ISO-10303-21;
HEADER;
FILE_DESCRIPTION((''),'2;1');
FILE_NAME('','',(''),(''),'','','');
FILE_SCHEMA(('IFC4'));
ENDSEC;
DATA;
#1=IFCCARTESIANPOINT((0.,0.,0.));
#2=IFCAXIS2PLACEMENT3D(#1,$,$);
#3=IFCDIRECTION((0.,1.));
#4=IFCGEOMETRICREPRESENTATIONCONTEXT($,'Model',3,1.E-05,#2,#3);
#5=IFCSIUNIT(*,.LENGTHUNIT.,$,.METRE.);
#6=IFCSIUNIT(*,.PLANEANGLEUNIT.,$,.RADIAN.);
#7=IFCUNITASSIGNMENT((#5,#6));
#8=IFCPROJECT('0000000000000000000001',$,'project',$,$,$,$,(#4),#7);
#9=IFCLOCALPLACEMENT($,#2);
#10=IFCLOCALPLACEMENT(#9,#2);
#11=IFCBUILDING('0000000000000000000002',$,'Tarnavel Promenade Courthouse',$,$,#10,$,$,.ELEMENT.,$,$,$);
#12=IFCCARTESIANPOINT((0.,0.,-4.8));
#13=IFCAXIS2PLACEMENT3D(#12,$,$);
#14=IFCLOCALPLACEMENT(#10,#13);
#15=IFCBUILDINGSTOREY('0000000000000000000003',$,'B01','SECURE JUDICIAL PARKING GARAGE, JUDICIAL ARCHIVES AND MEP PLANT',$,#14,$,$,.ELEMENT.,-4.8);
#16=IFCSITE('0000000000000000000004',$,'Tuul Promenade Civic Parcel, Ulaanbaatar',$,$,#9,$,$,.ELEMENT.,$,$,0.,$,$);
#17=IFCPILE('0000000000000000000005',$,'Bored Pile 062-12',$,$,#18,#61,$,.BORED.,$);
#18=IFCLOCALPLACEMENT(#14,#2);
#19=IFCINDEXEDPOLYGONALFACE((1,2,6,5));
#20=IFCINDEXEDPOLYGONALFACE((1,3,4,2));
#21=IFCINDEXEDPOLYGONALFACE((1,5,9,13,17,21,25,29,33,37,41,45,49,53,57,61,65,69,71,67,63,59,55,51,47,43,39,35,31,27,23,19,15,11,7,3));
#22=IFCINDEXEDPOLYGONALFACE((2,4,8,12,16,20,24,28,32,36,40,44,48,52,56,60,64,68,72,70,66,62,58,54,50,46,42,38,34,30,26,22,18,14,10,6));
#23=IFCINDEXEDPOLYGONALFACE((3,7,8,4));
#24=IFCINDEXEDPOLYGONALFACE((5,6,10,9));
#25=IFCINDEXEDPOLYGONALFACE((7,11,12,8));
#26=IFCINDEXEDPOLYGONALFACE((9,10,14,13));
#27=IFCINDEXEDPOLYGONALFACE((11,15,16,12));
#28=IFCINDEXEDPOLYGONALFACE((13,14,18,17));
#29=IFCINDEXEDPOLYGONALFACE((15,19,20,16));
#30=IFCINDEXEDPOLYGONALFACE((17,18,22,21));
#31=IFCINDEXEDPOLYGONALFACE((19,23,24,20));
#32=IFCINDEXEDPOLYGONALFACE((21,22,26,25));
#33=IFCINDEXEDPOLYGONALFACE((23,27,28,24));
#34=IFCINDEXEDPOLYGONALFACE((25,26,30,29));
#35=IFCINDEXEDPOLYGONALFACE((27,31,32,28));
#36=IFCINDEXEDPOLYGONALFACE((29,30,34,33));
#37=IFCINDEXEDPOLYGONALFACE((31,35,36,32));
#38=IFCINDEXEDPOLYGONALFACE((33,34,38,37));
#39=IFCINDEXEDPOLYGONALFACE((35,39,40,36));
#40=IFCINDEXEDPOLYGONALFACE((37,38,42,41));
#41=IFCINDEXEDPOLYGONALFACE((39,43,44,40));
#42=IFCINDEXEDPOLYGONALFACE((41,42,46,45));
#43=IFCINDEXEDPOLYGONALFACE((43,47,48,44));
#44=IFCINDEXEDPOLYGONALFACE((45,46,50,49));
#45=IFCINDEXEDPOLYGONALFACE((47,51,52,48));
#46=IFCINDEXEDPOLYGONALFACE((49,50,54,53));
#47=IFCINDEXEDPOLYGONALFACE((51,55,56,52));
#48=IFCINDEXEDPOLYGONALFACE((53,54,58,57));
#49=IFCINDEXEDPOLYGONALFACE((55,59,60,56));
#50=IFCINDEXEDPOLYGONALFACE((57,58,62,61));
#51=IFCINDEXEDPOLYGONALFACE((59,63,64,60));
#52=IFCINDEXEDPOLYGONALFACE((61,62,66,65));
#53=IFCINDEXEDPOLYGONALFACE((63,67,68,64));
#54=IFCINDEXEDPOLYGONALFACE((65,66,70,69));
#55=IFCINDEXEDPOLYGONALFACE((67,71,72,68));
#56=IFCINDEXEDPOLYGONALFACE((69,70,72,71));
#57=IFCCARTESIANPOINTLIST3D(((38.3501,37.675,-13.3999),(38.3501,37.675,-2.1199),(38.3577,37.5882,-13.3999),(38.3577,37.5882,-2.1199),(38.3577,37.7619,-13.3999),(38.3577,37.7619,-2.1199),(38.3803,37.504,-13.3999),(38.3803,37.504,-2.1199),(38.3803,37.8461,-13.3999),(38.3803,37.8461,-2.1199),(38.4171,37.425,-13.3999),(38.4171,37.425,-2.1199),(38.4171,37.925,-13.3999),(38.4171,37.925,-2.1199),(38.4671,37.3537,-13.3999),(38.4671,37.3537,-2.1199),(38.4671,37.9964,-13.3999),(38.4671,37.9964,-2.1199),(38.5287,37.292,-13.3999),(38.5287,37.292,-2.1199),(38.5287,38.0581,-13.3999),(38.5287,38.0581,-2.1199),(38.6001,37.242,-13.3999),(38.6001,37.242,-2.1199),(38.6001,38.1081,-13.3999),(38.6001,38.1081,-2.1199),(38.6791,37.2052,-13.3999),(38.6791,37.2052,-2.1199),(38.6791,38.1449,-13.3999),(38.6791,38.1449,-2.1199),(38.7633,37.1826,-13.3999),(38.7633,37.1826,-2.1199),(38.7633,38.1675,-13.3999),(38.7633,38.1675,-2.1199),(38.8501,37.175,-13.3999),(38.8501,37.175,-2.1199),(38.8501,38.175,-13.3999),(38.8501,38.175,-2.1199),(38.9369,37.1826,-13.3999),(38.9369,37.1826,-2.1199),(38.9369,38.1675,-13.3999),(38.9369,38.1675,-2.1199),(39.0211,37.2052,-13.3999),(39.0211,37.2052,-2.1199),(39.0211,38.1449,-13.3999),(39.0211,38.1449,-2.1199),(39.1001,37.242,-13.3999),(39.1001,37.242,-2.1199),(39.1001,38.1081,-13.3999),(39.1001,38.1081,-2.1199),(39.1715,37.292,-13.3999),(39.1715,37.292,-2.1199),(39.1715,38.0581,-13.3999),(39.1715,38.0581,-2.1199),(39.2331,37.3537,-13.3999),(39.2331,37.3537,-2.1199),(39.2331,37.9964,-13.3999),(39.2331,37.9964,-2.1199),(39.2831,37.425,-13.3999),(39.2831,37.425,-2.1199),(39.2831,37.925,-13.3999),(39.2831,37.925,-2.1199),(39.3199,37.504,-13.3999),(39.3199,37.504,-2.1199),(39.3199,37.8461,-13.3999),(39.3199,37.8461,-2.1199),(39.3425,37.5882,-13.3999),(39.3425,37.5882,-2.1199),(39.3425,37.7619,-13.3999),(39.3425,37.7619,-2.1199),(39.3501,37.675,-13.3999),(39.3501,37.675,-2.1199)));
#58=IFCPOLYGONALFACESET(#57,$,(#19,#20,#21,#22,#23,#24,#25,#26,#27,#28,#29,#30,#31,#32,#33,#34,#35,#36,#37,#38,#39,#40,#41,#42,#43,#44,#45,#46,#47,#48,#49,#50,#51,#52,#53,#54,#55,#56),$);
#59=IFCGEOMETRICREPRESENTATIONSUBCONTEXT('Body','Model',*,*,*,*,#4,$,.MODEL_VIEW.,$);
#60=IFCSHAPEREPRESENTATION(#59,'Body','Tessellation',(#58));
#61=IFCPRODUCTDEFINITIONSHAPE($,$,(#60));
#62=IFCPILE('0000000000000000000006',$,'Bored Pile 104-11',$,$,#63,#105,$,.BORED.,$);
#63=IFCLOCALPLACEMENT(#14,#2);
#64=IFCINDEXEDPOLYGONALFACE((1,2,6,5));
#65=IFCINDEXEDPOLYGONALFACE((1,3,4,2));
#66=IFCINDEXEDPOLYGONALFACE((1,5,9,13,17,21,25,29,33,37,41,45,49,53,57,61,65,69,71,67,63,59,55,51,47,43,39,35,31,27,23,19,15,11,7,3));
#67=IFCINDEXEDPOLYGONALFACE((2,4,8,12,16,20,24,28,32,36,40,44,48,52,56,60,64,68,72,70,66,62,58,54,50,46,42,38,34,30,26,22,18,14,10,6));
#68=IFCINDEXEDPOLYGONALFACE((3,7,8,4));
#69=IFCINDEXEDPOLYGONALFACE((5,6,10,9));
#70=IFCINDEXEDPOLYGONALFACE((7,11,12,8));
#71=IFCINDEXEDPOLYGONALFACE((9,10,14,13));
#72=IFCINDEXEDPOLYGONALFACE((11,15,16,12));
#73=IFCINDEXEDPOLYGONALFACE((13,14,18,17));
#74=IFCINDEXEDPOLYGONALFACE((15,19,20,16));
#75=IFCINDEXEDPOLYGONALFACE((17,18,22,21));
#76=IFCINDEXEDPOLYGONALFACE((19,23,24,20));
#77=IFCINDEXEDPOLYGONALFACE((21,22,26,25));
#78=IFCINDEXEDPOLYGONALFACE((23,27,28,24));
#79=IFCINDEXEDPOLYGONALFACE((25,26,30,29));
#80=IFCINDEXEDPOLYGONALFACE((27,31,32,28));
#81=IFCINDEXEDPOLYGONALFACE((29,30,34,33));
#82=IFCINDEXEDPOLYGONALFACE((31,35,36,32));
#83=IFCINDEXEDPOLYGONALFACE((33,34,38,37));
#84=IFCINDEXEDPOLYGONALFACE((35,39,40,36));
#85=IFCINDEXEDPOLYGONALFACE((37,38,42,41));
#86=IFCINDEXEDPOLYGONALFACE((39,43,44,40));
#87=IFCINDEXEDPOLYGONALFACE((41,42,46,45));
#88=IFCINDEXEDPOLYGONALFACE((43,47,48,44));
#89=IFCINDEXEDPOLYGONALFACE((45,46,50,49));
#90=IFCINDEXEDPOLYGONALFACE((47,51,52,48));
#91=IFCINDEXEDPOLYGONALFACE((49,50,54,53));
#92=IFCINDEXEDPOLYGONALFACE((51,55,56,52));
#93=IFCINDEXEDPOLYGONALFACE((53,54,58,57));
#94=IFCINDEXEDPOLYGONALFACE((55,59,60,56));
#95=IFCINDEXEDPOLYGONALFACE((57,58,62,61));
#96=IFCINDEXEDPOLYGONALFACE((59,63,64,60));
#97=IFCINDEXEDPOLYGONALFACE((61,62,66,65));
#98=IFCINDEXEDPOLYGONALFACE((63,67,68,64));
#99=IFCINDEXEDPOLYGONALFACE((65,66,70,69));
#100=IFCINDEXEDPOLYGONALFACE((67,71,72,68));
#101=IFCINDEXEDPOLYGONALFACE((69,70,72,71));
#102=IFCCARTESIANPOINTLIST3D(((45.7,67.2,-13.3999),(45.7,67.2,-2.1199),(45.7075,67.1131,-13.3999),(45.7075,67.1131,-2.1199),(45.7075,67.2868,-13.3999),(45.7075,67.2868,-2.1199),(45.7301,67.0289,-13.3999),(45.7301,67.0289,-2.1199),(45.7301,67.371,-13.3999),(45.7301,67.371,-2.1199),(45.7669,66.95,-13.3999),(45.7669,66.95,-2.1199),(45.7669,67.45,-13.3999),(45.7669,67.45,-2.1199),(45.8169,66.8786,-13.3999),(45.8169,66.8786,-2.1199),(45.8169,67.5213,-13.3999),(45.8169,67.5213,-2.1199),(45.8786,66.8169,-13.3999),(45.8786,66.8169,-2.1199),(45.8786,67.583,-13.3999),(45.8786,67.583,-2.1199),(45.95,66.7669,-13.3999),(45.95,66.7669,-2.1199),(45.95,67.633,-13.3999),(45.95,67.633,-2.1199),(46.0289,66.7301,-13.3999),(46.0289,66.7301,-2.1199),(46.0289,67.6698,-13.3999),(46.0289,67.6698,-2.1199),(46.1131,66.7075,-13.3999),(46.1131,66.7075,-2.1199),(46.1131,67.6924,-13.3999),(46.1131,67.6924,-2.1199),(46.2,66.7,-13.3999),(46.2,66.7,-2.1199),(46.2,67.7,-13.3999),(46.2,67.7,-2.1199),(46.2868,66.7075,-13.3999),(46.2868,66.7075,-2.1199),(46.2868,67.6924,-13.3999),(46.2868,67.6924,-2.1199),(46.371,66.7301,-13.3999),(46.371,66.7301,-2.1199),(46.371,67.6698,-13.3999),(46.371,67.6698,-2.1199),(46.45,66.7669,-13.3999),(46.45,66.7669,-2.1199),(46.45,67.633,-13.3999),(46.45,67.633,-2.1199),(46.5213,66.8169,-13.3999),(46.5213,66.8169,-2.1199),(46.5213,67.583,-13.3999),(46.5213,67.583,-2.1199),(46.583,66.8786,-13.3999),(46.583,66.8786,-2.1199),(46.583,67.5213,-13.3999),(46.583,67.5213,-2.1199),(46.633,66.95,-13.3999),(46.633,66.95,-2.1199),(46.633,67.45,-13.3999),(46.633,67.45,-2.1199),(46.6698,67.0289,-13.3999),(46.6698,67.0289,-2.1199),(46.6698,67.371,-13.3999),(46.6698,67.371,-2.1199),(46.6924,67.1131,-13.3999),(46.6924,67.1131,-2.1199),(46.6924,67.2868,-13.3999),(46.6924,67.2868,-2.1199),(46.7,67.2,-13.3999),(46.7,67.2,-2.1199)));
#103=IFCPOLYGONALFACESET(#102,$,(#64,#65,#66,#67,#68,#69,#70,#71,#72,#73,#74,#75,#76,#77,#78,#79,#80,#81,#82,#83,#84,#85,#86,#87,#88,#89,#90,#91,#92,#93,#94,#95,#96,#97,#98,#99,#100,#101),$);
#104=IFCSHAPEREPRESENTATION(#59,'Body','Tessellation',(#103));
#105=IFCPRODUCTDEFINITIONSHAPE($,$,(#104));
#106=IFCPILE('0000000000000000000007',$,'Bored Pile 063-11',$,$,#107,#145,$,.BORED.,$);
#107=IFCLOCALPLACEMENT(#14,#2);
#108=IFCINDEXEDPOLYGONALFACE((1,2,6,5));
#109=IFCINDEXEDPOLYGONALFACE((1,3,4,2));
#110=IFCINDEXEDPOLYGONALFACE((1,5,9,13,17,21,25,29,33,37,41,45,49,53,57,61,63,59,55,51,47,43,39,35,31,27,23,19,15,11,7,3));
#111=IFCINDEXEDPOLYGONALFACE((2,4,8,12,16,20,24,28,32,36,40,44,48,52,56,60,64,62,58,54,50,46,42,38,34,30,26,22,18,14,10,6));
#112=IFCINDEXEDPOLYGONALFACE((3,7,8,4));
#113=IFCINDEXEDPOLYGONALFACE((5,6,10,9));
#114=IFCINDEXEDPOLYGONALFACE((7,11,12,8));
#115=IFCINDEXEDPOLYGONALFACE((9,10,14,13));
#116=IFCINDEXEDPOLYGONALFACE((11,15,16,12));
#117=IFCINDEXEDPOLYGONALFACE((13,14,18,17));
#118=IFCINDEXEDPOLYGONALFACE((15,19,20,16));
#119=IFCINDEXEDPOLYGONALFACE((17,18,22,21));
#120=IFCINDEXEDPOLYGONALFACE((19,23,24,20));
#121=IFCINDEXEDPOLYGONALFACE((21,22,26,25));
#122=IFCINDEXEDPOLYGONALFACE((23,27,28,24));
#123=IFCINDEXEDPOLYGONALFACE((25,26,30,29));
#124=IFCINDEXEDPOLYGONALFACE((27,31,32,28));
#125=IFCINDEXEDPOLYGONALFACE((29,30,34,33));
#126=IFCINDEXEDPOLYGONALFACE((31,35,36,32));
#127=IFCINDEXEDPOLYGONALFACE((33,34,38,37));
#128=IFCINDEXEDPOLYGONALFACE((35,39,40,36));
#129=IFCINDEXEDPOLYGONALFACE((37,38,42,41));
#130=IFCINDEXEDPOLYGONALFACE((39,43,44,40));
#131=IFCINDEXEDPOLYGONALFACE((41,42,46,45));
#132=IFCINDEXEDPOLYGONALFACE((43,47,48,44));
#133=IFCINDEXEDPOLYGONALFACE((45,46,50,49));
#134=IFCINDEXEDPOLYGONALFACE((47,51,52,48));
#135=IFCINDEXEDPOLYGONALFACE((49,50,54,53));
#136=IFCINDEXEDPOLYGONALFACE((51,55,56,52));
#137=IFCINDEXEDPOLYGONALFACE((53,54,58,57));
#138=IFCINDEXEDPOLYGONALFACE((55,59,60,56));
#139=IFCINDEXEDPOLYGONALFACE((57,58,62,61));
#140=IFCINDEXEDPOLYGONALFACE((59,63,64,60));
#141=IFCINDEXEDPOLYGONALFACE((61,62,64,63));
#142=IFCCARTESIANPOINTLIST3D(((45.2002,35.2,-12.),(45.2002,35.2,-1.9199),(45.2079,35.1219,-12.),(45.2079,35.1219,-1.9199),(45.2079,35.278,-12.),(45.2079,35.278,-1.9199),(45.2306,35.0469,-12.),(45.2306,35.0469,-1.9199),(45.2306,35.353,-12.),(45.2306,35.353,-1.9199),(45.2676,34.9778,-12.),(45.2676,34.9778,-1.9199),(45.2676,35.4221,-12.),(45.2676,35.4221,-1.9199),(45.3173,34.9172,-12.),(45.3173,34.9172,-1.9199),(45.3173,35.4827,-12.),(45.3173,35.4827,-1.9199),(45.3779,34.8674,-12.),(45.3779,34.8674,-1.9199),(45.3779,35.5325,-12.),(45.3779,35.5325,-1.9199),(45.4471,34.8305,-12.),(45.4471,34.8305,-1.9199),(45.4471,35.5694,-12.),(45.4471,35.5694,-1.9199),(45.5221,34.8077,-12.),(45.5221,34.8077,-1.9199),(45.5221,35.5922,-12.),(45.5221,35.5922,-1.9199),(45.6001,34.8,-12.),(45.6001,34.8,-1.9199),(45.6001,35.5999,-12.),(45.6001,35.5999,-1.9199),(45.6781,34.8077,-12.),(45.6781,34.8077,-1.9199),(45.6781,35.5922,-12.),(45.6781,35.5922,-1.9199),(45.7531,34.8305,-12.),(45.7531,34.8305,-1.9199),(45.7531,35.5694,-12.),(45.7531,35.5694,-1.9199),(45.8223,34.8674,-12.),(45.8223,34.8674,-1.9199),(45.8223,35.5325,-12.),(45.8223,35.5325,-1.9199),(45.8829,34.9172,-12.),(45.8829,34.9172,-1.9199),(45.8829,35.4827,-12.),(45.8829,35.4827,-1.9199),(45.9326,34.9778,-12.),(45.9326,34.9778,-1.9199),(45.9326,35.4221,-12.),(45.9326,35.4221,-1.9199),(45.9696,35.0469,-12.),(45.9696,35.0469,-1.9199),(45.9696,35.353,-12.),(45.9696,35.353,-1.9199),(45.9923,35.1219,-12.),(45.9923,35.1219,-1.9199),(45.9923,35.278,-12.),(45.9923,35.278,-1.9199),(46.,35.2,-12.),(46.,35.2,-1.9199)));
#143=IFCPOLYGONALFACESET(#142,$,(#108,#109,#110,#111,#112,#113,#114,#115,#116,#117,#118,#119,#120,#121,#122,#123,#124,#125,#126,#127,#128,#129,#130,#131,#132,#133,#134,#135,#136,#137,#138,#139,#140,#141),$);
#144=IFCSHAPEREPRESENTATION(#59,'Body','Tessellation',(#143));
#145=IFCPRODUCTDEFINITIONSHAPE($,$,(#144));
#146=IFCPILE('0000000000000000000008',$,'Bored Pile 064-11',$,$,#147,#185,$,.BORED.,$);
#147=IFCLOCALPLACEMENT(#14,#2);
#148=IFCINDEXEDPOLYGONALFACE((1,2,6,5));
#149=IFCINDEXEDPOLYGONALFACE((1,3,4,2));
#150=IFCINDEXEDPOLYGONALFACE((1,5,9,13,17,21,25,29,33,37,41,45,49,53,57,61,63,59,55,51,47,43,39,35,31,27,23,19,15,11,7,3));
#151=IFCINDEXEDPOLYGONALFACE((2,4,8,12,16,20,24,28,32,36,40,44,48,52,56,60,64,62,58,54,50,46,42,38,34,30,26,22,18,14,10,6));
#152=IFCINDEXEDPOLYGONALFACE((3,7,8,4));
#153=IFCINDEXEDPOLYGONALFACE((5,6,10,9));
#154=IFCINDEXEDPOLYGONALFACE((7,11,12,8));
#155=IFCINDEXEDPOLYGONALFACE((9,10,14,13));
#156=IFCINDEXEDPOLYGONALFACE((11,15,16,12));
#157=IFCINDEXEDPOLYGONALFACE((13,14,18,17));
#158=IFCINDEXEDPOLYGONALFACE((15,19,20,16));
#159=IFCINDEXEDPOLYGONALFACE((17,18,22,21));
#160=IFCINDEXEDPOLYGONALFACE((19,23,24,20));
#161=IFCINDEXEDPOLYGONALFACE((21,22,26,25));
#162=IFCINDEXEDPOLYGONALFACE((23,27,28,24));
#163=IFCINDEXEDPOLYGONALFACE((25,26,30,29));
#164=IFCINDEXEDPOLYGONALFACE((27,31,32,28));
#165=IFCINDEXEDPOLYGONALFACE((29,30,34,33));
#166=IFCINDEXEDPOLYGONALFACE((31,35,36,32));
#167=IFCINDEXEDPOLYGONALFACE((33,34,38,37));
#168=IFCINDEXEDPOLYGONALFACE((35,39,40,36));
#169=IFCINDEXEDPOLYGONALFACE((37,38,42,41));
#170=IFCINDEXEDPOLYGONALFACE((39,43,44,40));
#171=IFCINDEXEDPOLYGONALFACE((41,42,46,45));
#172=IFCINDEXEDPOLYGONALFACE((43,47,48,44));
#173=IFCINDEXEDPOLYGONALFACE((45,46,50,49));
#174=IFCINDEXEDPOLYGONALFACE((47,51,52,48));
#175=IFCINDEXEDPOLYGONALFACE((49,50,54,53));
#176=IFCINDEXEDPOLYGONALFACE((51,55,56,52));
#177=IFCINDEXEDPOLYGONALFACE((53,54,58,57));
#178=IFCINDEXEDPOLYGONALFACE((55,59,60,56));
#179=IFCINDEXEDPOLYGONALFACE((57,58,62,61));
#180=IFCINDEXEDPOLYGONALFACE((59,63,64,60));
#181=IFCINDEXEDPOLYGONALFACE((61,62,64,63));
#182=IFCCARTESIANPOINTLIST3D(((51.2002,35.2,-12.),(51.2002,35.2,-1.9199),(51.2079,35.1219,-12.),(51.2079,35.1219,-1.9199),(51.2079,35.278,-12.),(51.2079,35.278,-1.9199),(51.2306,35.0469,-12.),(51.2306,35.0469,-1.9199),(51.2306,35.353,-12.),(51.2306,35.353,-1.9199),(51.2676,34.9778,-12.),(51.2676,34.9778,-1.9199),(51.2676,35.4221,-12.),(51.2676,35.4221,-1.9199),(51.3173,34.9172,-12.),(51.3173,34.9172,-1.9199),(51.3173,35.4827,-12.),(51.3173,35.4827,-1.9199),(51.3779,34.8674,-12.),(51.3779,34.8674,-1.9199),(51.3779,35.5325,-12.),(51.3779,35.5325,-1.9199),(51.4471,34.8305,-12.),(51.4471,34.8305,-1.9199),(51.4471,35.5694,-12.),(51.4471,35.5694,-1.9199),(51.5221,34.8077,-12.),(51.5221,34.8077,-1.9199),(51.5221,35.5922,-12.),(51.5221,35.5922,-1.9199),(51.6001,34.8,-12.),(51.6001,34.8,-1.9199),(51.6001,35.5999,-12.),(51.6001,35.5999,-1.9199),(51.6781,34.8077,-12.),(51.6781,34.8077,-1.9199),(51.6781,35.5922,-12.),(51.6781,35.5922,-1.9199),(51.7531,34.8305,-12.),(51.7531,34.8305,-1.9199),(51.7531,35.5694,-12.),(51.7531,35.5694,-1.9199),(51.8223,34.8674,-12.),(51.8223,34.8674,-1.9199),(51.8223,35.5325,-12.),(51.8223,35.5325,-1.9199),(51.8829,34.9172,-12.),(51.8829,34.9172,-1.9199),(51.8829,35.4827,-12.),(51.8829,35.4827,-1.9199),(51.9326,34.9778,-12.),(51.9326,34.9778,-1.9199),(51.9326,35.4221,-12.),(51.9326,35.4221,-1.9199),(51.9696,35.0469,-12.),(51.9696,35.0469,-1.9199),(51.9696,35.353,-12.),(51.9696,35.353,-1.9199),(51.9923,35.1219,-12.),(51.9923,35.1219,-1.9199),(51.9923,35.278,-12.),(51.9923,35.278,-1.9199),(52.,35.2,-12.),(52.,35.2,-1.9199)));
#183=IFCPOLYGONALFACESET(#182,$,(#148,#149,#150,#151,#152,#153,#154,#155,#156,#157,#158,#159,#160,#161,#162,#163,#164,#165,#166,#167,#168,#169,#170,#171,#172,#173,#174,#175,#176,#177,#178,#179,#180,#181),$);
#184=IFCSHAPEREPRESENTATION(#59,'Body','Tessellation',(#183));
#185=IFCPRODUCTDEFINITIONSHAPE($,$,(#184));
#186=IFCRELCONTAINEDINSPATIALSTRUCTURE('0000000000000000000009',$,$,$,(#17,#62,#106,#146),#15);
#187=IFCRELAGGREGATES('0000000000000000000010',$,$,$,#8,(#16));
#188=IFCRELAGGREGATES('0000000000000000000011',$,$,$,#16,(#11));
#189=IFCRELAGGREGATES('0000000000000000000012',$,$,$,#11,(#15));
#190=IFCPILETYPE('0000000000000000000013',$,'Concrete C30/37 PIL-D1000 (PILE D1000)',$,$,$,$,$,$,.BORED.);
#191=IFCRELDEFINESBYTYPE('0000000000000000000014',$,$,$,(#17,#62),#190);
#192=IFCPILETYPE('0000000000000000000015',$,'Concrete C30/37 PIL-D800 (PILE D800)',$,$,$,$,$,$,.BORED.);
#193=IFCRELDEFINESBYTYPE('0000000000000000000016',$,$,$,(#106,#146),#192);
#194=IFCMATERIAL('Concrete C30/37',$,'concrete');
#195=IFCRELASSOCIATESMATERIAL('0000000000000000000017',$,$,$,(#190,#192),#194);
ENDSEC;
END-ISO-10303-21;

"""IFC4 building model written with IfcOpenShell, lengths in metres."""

from ifc_helpers import new_model, si_unit, direction, frame, origin, origin_2d, place, context, subcontext, project, spatial, circle, extrude, material, material_profile, profile_set, type_object, element, save


model = new_model("IFC4")

# Units and contexts
model_context = context("Model", 3, precision=1e-05, world=origin(), true_north=direction((0.0, 1.0)))
body_context = subcontext(model_context, "Body", "Model", "MODEL_VIEW")
ifc_project = project(units=[si_unit("LENGTHUNIT", "METRE"), si_unit("PLANEANGLEUNIT", "RADIAN")], contexts=[model_context])

# Site, building, storey
site_placement = place(None, origin())
site = spatial("IfcSite", under=ifc_project, at=site_placement, Name="Tuul Promenade Civic Parcel, Ulaanbaatar", CompositionType="ELEMENT", RefElevation=0.0)
building_placement = place(site_placement, origin())
building = spatial("IfcBuilding", under=site, at=building_placement, Name="Tarnavel Promenade Courthouse", CompositionType="ELEMENT")
storey_placement = place(building_placement, frame((0.0, 0.0, -4.8)))
storey = spatial("IfcBuildingStorey", under=building, at=storey_placement, Name="B01", Description="SECURE JUDICIAL PARKING GARAGE, JUDICIAL ARCHIVES AND MEP PLANT", CompositionType="ELEMENT", Elevation=-4.8)

# Piles
ifc_material_1 = material(Name="Concrete C30/37", Category="concrete")
ifc_material_profile_1 = material_profile(ifc_material_1, circle(Radius=0.5, at=origin_2d()), Name="PILE D1000")
ifc_profile_set_1 = profile_set([ifc_material_profile_1], Name="Concrete C30/37")
pile_type_1 = type_object("IfcPileType", Name="Concrete C30/37 PIL-D1000 (PILE D1000)", PredefinedType="BORED", material=ifc_profile_set_1)
for number, where, z_axis, x_axis, name in (
    (1, (38.8501, 37.675, -2.1199), (0.0, 0.0, -1.0), (1.0, 0.0, 0.0), "Bored Pile 062-12"),
    (2, (46.2, 67.2, -2.1199), (0.0, 0.0, -1.0), (1.0, 0.0, 0.0), "Bored Pile 104-11"),
):
    element("IfcPile", number, at=place(storey_placement, frame(where, z_axis=z_axis, x_axis=x_axis)), inside=storey, type_object=pile_type_1, Name=name, PredefinedType="BORED", context=body_context, shape_type="SweptSolid", body=[
        extrude(circle(Radius=0.5, at=origin_2d()), origin(), (0.0, 0.0, 1.0), 11.28),
    ])
ifc_material_profile_2 = material_profile(ifc_material_1, circle(Radius=0.3999, at=origin_2d()), Name="PILE D800")
ifc_profile_set_2 = profile_set([ifc_material_profile_2], Name="Concrete C30/37")
pile_type_2 = type_object("IfcPileType", Name="Concrete C30/37 PIL-D800 (PILE D800)", PredefinedType="BORED", material=ifc_profile_set_2)
for number, where, z_axis, x_axis, name in (
    (3, (45.6001, 35.2, -1.9199), (0.0, 0.0, -1.0), (1.0, 0.0, 0.0), "Bored Pile 063-11"),
    (4, (51.6001, 35.2, -1.9199), (0.0, 0.0, -1.0), (1.0, 0.0, 0.0), "Bored Pile 064-11"),
):
    element("IfcPile", number, at=place(storey_placement, frame(where, z_axis=z_axis, x_axis=x_axis)), inside=storey, type_object=pile_type_2, Name=name, PredefinedType="BORED", context=body_context, shape_type="SweptSolid", body=[
        extrude(circle(Radius=0.3999, at=origin_2d()), origin(), (0.0, 0.0, 1.0), 10.0801),
    ])

save(model, "model.ifc")
